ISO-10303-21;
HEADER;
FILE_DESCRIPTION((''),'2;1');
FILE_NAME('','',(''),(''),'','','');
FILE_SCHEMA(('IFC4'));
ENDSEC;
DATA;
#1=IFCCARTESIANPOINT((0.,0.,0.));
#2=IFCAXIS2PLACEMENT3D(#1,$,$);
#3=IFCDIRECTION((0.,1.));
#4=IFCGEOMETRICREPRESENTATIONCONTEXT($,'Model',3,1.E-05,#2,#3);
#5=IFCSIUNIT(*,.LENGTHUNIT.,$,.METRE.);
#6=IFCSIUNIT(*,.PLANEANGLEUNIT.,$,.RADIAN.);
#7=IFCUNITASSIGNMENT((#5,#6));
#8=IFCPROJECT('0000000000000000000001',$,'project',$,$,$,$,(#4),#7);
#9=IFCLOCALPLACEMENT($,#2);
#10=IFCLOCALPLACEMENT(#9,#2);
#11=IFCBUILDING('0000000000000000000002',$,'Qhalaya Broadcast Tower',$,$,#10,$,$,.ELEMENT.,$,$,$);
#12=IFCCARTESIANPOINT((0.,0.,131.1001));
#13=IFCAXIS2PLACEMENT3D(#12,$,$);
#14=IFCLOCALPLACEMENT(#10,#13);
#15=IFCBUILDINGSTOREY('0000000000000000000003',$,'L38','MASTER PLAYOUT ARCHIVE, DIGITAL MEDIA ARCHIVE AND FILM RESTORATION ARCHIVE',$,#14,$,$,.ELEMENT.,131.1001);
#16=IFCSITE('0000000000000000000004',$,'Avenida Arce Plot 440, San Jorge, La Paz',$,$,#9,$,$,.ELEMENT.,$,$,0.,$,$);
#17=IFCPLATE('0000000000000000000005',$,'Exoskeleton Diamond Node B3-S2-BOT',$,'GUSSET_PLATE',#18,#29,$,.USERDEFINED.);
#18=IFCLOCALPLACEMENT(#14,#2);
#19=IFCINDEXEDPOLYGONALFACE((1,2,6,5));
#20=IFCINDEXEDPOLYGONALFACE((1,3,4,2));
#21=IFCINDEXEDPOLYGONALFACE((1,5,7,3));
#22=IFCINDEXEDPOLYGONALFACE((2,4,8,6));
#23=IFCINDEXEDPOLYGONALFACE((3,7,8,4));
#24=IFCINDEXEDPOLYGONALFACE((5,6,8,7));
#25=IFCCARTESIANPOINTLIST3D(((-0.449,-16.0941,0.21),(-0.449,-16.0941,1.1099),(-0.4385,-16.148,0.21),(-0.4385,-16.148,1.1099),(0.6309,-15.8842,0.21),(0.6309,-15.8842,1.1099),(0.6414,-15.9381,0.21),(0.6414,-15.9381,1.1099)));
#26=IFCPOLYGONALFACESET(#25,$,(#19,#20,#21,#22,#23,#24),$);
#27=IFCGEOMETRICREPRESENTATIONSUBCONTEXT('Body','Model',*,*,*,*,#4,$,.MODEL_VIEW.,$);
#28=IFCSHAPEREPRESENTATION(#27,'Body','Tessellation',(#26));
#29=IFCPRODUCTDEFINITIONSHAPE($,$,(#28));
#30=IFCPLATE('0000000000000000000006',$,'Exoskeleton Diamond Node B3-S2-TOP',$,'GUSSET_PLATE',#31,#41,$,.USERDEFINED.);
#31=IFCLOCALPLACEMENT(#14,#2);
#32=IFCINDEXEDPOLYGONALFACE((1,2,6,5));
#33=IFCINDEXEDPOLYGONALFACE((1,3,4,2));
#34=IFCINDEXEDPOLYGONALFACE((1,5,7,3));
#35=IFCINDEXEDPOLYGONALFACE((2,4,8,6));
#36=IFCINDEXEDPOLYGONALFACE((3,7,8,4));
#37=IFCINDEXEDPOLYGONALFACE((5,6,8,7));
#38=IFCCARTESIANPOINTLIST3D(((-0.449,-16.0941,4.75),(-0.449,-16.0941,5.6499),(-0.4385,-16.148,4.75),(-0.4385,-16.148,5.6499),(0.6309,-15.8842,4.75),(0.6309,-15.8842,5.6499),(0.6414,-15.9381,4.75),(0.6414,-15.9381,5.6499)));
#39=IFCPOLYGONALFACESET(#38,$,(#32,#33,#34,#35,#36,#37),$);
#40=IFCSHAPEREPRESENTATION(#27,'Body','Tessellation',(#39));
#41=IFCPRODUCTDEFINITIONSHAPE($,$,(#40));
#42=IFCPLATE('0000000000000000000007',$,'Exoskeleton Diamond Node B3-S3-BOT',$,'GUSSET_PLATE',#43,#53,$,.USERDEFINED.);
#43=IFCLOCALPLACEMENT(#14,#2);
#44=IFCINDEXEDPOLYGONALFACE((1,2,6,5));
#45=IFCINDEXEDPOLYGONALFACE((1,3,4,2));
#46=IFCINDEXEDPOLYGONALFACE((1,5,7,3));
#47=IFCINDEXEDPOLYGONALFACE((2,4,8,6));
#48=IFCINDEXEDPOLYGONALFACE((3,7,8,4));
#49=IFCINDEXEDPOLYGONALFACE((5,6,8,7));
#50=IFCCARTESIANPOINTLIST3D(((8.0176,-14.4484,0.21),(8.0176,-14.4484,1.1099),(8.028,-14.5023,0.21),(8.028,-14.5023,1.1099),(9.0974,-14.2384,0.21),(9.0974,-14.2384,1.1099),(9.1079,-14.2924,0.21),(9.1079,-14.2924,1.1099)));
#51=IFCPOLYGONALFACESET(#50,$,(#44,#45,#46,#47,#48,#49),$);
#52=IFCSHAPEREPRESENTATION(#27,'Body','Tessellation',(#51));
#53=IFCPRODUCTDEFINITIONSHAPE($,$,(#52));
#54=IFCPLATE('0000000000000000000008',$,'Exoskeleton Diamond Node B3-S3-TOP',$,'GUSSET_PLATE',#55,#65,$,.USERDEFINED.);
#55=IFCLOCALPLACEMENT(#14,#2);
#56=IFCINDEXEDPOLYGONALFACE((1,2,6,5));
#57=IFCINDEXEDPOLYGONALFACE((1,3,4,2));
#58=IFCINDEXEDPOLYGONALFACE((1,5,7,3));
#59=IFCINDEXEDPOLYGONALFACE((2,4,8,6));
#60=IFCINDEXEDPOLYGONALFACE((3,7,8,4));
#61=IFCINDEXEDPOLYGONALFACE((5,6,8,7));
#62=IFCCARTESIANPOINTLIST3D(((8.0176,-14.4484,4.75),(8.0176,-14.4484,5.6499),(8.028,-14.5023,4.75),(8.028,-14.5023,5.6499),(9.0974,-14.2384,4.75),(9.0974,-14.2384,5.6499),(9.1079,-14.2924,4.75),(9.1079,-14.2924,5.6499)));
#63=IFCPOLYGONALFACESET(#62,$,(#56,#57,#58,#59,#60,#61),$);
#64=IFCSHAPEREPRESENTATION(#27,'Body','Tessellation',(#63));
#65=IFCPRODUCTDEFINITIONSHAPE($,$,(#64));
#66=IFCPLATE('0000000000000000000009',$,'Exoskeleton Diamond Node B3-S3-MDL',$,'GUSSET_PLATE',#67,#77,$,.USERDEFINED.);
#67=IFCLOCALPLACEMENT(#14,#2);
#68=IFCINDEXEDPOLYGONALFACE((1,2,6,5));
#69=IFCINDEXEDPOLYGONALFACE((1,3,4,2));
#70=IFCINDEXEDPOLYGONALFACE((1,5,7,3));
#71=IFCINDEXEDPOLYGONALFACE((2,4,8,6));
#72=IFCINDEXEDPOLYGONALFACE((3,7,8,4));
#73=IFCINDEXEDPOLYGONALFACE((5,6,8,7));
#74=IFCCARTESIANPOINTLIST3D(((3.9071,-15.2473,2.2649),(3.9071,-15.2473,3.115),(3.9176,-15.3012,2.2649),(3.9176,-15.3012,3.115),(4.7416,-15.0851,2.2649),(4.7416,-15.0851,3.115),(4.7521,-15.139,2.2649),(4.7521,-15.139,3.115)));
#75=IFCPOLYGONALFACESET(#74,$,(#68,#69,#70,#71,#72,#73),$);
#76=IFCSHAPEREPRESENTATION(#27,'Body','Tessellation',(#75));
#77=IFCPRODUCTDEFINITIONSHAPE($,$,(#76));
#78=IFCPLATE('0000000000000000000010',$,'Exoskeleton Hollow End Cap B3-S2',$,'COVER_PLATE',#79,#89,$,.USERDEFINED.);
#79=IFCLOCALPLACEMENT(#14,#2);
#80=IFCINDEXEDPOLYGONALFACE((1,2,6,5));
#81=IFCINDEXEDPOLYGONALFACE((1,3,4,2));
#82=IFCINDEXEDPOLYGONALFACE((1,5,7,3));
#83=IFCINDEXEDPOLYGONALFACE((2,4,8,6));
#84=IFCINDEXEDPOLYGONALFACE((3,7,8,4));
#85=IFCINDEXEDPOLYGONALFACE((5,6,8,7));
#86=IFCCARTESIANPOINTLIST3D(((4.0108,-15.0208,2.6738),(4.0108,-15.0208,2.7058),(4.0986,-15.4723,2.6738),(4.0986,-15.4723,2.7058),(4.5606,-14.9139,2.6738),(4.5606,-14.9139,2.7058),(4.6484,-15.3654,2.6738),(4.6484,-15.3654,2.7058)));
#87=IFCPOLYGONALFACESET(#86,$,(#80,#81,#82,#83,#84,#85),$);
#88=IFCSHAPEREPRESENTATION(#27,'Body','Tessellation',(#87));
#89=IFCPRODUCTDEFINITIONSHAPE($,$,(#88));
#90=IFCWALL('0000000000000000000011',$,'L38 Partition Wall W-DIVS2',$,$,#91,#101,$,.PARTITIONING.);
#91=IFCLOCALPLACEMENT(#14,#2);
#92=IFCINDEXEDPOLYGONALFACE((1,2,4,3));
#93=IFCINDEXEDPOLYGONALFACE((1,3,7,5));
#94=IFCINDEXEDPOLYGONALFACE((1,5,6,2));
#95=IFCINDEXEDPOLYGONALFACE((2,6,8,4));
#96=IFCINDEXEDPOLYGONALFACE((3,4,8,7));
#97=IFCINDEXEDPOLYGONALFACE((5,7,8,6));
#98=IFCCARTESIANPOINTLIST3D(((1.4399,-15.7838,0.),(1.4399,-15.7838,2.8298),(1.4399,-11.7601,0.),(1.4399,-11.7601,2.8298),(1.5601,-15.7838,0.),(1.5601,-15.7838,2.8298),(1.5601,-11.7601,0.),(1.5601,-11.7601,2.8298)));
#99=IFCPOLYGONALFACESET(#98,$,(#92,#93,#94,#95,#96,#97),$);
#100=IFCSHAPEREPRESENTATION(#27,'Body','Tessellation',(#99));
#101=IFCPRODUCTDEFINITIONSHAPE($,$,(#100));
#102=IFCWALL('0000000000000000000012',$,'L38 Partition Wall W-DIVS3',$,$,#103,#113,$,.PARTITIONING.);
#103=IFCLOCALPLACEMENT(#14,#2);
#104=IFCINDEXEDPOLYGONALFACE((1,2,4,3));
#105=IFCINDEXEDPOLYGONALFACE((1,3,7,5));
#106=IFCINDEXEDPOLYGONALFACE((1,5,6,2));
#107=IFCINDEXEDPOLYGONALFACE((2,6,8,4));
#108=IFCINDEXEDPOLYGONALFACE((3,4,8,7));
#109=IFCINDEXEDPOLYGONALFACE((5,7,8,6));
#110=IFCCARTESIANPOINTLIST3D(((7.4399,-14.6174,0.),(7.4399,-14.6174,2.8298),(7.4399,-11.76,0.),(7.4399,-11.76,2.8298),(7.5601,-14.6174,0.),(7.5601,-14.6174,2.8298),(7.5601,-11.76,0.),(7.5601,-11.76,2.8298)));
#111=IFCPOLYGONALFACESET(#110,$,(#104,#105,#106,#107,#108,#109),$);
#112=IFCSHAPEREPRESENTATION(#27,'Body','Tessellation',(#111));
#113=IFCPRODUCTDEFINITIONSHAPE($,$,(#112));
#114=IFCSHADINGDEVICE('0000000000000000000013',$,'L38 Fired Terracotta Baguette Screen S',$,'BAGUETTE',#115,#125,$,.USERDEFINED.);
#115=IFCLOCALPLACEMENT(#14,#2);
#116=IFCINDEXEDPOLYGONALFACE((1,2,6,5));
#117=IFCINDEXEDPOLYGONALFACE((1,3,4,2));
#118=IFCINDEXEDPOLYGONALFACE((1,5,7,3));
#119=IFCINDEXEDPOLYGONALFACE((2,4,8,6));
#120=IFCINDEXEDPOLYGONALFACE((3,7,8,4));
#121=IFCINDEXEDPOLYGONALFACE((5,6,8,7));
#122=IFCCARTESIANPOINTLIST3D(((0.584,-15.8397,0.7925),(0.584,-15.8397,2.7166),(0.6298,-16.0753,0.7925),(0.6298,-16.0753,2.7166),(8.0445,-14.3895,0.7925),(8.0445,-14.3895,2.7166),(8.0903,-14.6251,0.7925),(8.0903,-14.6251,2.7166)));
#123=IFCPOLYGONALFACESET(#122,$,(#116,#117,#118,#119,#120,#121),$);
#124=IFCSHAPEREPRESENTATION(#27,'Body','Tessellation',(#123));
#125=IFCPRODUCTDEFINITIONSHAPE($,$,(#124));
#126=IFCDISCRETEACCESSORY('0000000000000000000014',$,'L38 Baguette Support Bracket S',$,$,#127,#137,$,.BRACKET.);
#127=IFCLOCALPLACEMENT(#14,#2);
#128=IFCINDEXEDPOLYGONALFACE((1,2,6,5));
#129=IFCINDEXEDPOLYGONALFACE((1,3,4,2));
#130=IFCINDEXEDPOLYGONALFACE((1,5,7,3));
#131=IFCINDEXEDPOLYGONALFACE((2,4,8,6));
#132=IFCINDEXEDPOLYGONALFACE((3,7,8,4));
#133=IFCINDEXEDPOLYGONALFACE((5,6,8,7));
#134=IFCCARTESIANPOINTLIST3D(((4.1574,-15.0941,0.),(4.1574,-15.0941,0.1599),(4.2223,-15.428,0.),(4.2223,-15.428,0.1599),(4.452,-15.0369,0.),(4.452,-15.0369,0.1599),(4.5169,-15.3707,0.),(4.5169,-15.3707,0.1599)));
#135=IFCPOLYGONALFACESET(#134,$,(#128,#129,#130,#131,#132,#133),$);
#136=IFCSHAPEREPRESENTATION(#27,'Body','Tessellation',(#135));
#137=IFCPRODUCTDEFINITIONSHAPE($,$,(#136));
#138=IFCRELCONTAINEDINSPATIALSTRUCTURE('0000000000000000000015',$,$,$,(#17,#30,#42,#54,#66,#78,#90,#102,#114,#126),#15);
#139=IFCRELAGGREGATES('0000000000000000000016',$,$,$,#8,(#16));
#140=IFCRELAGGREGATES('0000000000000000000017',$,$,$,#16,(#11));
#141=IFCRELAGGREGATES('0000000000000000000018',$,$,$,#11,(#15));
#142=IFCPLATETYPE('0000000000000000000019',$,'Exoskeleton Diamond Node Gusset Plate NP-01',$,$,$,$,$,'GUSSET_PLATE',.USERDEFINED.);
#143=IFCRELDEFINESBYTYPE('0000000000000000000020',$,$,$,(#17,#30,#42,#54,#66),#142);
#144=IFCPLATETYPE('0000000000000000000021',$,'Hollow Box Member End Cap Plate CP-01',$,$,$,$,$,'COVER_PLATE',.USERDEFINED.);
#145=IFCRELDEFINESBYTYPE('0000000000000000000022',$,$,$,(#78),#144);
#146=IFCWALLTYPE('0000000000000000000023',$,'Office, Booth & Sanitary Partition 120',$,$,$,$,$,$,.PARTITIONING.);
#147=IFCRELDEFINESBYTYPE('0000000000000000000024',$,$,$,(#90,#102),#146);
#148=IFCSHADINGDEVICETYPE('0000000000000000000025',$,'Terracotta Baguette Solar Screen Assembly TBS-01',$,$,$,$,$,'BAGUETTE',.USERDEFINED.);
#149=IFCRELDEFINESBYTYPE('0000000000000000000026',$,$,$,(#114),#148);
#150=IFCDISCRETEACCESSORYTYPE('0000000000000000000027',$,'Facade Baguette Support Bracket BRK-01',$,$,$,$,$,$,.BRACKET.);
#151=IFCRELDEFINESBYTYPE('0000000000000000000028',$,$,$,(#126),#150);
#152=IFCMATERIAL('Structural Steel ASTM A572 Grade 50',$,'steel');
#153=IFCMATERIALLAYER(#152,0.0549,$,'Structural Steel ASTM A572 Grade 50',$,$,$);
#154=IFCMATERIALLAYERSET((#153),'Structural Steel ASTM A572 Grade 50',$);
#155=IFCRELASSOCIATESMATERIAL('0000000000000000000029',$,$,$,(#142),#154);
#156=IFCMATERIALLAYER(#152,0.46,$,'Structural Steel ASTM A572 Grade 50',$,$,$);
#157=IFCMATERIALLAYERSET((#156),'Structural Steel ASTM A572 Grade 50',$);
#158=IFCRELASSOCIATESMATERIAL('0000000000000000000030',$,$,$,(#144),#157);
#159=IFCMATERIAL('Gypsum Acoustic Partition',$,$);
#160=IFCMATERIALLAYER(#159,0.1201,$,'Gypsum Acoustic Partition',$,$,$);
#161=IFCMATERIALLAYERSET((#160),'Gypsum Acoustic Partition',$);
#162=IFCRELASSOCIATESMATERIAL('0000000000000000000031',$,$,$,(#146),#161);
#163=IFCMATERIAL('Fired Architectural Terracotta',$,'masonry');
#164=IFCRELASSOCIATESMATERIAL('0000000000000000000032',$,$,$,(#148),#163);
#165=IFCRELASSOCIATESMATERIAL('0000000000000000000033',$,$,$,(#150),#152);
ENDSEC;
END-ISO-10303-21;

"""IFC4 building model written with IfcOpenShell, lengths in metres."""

from ifc_helpers import new_model, si_unit, direction, frame, frame_2d, origin, origin_2d, place, context, subcontext, project, spatial, rectangle, extrude, material, layer, layer_set, type_object, element, save


model = new_model("IFC4")

# Units and contexts
model_context = context("Model", 3, precision=1e-05, world=origin(), true_north=direction((0.0, 1.0)))
body_context = subcontext(model_context, "Body", "Model", "MODEL_VIEW")
ifc_project = project(units=[si_unit("LENGTHUNIT", "METRE"), si_unit("PLANEANGLEUNIT", "RADIAN")], contexts=[model_context])

# Site, building, storey
site_placement = place(None, origin())
site = spatial("IfcSite", under=ifc_project, at=site_placement, Name="Avenida Arce Plot 440, San Jorge, La Paz", CompositionType="ELEMENT", RefElevation=0.0)
building_placement = place(site_placement, origin())
building = spatial("IfcBuilding", under=site, at=building_placement, Name="Qhalaya Broadcast Tower", CompositionType="ELEMENT")
storey_placement = place(building_placement, frame((0.0, 0.0, 131.1001)))
storey = spatial("IfcBuildingStorey", under=building, at=storey_placement, Name="L38", Description="MASTER PLAYOUT ARCHIVE, DIGITAL MEDIA ARCHIVE AND FILM RESTORATION ARCHIVE", CompositionType="ELEMENT", Elevation=131.1001)

# Shared definitions
ifc_material_1 = material(Name="Structural Steel ASTM A572 Grade 50", Category="steel")

# Plates
ifc_layer_1 = layer(ifc_material_1, 0.0549, Name="Structural Steel ASTM A572 Grade 50")
ifc_layer_set_1 = layer_set([ifc_layer_1], Name="Structural Steel ASTM A572 Grade 50")
plate_type_1 = type_object("IfcPlateType", Name="Exoskeleton Diamond Node Gusset Plate NP-01", ElementType="GUSSET_PLATE", PredefinedType="USERDEFINED", material=ifc_layer_set_1)
for number, where, z_axis, x_axis, name in (
    (1, (0.0962, -16.0161, 0.21), (0.0, 0.0, 1.0), (0.981627, 0.190809, 0.0), "Exoskeleton Diamond Node B3-S2-BOT"),
    (2, (0.0962, -16.0161, 4.75), (0.0, 0.0, 1.0), (0.981627, 0.190809, 0.0), "Exoskeleton Diamond Node B3-S2-TOP"),
    (3, (8.5627, -14.3704, 0.21), (0.0, 0.0, 1.0), (0.981627, 0.190809, 0.0), "Exoskeleton Diamond Node B3-S3-BOT"),
    (4, (8.5627, -14.3704, 4.75), (0.0, 0.0, 1.0), (0.981627, 0.190809, 0.0), "Exoskeleton Diamond Node B3-S3-TOP"),
):
    element("IfcPlate", number, at=place(storey_placement, frame(where, z_axis=z_axis, x_axis=x_axis)), inside=storey, type_object=plate_type_1, Name=name, ObjectType="GUSSET_PLATE", PredefinedType="USERDEFINED", context=body_context, shape_type="SweptSolid", body=[
        extrude(rectangle(XDim=1.1001, YDim=0.0549, at=origin_2d()), origin(), (0.0, 0.0, 1.0), 0.8999),
    ])
plate_1_placement = place(storey_placement, frame((4.3296, -15.1931, 2.2649), z_axis=(0.0, 0.0, 1.0), x_axis=(0.981627, 0.190809, 0.0)))
element("IfcPlate", 5, at=plate_1_placement, inside=storey, type_object=plate_type_1, Name="Exoskeleton Diamond Node B3-S3-MDL", ObjectType="GUSSET_PLATE", PredefinedType="USERDEFINED", context=body_context, shape_type="SweptSolid", body=[
    extrude(rectangle(XDim=0.8501, YDim=0.0549, at=origin_2d()), origin(), (0.0, 0.0, 1.0), 0.8501),
])
ifc_layer_2 = layer(ifc_material_1, 0.46, Name="Structural Steel ASTM A572 Grade 50")
ifc_layer_set_2 = layer_set([ifc_layer_2], Name="Structural Steel ASTM A572 Grade 50")
plate_type_2 = type_object("IfcPlateType", Name="Hollow Box Member End Cap Plate CP-01", ElementType="COVER_PLATE", PredefinedType="USERDEFINED", material=ifc_layer_set_2)
plate_2_placement = place(storey_placement, frame((4.3296, -15.1931, 2.6738), z_axis=(0.0, 0.0, 1.0), x_axis=(0.981627, 0.190809, 0.0)))
element("IfcPlate", 6, at=plate_2_placement, inside=storey, type_object=plate_type_2, Name="Exoskeleton Hollow End Cap B3-S2", ObjectType="COVER_PLATE", PredefinedType="USERDEFINED", context=body_context, shape_type="SweptSolid", body=[
    extrude(rectangle(XDim=0.5601, YDim=0.46, at=origin_2d()), origin(), (0.0, 0.0, 1.0), 0.032),
])

# Walls
ifc_material_2 = material(Name="Gypsum Acoustic Partition")
ifc_layer_3 = layer(ifc_material_2, 0.1201, Name="Gypsum Acoustic Partition")
ifc_layer_set_3 = layer_set([ifc_layer_3], Name="Gypsum Acoustic Partition")
wall_type = type_object("IfcWallType", Name="Office, Booth & Sanitary Partition 120", PredefinedType="PARTITIONING", material=ifc_layer_set_3)
wall_1_placement = place(storey_placement, frame((1.5, -15.7837, 0.0), z_axis=(0.0, 0.0, 1.0), x_axis=(0.0, 1.0, 0.0)))
element("IfcWall", 7, at=wall_1_placement, inside=storey, type_object=wall_type, Name="L38 Partition Wall W-DIVS2", PredefinedType="PARTITIONING", context=body_context, shape_type="SweptSolid", body=[
    extrude(rectangle(XDim=4.0237, YDim=0.1201, at=frame_2d((2.0117, 0.0))), origin(), (0.0, 0.0, 1.0), 2.8298),
])
wall_2_placement = place(storey_placement, frame((7.5, -14.6174, 0.0), z_axis=(0.0, 0.0, 1.0), x_axis=(0.0, 1.0, 0.0)))
element("IfcWall", 8, at=wall_2_placement, inside=storey, type_object=wall_type, Name="L38 Partition Wall W-DIVS3", PredefinedType="PARTITIONING", context=body_context, shape_type="SweptSolid", body=[
    extrude(rectangle(XDim=2.8574, YDim=0.1201, at=frame_2d((1.4287, 0.0))), origin(), (0.0, 0.0, 1.0), 2.8298),
])

# Shading device
ifc_material_3 = material(Name="Fired Architectural Terracotta", Category="masonry")
shading_device_type = type_object("IfcShadingDeviceType", Name="Terracotta Baguette Solar Screen Assembly TBS-01", ElementType="BAGUETTE", PredefinedType="USERDEFINED", material=ifc_material_3)
shading_device_placement = place(storey_placement, frame((4.3372, -15.2324, 0.7925), z_axis=(0.0, 0.0, 1.0), x_axis=(0.981627, 0.190809, 0.0)))
element("IfcShadingDevice", 9, at=shading_device_placement, inside=storey, type_object=shading_device_type, Name="L38 Fired Terracotta Baguette Screen S", ObjectType="BAGUETTE", PredefinedType="USERDEFINED", context=body_context, shape_type="SweptSolid", body=[
    extrude(rectangle(XDim=7.6001, YDim=0.24, at=origin_2d()), origin(), (0.0, 0.0, 1.0), 1.9241),
])

# Discrete accessory
discrete_accessory_type = type_object("IfcDiscreteAccessoryType", Name="Facade Baguette Support Bracket BRK-01", PredefinedType="BRACKET", material=ifc_material_1)
discrete_accessory_placement = place(storey_placement, frame((4.3372, -15.2324, 0.0), z_axis=(0.0, 0.0, 1.0), x_axis=(0.981627, 0.190809, 0.0)))
element("IfcDiscreteAccessory", 10, at=discrete_accessory_placement, inside=storey, type_object=discrete_accessory_type, Name="L38 Baguette Support Bracket S", PredefinedType="BRACKET", context=body_context, shape_type="SweptSolid", body=[
    extrude(rectangle(XDim=0.3, YDim=0.3401, at=origin_2d()), origin(), (0.0, 0.0, 1.0), 0.1599),
])

save(model, "model.ifc")
